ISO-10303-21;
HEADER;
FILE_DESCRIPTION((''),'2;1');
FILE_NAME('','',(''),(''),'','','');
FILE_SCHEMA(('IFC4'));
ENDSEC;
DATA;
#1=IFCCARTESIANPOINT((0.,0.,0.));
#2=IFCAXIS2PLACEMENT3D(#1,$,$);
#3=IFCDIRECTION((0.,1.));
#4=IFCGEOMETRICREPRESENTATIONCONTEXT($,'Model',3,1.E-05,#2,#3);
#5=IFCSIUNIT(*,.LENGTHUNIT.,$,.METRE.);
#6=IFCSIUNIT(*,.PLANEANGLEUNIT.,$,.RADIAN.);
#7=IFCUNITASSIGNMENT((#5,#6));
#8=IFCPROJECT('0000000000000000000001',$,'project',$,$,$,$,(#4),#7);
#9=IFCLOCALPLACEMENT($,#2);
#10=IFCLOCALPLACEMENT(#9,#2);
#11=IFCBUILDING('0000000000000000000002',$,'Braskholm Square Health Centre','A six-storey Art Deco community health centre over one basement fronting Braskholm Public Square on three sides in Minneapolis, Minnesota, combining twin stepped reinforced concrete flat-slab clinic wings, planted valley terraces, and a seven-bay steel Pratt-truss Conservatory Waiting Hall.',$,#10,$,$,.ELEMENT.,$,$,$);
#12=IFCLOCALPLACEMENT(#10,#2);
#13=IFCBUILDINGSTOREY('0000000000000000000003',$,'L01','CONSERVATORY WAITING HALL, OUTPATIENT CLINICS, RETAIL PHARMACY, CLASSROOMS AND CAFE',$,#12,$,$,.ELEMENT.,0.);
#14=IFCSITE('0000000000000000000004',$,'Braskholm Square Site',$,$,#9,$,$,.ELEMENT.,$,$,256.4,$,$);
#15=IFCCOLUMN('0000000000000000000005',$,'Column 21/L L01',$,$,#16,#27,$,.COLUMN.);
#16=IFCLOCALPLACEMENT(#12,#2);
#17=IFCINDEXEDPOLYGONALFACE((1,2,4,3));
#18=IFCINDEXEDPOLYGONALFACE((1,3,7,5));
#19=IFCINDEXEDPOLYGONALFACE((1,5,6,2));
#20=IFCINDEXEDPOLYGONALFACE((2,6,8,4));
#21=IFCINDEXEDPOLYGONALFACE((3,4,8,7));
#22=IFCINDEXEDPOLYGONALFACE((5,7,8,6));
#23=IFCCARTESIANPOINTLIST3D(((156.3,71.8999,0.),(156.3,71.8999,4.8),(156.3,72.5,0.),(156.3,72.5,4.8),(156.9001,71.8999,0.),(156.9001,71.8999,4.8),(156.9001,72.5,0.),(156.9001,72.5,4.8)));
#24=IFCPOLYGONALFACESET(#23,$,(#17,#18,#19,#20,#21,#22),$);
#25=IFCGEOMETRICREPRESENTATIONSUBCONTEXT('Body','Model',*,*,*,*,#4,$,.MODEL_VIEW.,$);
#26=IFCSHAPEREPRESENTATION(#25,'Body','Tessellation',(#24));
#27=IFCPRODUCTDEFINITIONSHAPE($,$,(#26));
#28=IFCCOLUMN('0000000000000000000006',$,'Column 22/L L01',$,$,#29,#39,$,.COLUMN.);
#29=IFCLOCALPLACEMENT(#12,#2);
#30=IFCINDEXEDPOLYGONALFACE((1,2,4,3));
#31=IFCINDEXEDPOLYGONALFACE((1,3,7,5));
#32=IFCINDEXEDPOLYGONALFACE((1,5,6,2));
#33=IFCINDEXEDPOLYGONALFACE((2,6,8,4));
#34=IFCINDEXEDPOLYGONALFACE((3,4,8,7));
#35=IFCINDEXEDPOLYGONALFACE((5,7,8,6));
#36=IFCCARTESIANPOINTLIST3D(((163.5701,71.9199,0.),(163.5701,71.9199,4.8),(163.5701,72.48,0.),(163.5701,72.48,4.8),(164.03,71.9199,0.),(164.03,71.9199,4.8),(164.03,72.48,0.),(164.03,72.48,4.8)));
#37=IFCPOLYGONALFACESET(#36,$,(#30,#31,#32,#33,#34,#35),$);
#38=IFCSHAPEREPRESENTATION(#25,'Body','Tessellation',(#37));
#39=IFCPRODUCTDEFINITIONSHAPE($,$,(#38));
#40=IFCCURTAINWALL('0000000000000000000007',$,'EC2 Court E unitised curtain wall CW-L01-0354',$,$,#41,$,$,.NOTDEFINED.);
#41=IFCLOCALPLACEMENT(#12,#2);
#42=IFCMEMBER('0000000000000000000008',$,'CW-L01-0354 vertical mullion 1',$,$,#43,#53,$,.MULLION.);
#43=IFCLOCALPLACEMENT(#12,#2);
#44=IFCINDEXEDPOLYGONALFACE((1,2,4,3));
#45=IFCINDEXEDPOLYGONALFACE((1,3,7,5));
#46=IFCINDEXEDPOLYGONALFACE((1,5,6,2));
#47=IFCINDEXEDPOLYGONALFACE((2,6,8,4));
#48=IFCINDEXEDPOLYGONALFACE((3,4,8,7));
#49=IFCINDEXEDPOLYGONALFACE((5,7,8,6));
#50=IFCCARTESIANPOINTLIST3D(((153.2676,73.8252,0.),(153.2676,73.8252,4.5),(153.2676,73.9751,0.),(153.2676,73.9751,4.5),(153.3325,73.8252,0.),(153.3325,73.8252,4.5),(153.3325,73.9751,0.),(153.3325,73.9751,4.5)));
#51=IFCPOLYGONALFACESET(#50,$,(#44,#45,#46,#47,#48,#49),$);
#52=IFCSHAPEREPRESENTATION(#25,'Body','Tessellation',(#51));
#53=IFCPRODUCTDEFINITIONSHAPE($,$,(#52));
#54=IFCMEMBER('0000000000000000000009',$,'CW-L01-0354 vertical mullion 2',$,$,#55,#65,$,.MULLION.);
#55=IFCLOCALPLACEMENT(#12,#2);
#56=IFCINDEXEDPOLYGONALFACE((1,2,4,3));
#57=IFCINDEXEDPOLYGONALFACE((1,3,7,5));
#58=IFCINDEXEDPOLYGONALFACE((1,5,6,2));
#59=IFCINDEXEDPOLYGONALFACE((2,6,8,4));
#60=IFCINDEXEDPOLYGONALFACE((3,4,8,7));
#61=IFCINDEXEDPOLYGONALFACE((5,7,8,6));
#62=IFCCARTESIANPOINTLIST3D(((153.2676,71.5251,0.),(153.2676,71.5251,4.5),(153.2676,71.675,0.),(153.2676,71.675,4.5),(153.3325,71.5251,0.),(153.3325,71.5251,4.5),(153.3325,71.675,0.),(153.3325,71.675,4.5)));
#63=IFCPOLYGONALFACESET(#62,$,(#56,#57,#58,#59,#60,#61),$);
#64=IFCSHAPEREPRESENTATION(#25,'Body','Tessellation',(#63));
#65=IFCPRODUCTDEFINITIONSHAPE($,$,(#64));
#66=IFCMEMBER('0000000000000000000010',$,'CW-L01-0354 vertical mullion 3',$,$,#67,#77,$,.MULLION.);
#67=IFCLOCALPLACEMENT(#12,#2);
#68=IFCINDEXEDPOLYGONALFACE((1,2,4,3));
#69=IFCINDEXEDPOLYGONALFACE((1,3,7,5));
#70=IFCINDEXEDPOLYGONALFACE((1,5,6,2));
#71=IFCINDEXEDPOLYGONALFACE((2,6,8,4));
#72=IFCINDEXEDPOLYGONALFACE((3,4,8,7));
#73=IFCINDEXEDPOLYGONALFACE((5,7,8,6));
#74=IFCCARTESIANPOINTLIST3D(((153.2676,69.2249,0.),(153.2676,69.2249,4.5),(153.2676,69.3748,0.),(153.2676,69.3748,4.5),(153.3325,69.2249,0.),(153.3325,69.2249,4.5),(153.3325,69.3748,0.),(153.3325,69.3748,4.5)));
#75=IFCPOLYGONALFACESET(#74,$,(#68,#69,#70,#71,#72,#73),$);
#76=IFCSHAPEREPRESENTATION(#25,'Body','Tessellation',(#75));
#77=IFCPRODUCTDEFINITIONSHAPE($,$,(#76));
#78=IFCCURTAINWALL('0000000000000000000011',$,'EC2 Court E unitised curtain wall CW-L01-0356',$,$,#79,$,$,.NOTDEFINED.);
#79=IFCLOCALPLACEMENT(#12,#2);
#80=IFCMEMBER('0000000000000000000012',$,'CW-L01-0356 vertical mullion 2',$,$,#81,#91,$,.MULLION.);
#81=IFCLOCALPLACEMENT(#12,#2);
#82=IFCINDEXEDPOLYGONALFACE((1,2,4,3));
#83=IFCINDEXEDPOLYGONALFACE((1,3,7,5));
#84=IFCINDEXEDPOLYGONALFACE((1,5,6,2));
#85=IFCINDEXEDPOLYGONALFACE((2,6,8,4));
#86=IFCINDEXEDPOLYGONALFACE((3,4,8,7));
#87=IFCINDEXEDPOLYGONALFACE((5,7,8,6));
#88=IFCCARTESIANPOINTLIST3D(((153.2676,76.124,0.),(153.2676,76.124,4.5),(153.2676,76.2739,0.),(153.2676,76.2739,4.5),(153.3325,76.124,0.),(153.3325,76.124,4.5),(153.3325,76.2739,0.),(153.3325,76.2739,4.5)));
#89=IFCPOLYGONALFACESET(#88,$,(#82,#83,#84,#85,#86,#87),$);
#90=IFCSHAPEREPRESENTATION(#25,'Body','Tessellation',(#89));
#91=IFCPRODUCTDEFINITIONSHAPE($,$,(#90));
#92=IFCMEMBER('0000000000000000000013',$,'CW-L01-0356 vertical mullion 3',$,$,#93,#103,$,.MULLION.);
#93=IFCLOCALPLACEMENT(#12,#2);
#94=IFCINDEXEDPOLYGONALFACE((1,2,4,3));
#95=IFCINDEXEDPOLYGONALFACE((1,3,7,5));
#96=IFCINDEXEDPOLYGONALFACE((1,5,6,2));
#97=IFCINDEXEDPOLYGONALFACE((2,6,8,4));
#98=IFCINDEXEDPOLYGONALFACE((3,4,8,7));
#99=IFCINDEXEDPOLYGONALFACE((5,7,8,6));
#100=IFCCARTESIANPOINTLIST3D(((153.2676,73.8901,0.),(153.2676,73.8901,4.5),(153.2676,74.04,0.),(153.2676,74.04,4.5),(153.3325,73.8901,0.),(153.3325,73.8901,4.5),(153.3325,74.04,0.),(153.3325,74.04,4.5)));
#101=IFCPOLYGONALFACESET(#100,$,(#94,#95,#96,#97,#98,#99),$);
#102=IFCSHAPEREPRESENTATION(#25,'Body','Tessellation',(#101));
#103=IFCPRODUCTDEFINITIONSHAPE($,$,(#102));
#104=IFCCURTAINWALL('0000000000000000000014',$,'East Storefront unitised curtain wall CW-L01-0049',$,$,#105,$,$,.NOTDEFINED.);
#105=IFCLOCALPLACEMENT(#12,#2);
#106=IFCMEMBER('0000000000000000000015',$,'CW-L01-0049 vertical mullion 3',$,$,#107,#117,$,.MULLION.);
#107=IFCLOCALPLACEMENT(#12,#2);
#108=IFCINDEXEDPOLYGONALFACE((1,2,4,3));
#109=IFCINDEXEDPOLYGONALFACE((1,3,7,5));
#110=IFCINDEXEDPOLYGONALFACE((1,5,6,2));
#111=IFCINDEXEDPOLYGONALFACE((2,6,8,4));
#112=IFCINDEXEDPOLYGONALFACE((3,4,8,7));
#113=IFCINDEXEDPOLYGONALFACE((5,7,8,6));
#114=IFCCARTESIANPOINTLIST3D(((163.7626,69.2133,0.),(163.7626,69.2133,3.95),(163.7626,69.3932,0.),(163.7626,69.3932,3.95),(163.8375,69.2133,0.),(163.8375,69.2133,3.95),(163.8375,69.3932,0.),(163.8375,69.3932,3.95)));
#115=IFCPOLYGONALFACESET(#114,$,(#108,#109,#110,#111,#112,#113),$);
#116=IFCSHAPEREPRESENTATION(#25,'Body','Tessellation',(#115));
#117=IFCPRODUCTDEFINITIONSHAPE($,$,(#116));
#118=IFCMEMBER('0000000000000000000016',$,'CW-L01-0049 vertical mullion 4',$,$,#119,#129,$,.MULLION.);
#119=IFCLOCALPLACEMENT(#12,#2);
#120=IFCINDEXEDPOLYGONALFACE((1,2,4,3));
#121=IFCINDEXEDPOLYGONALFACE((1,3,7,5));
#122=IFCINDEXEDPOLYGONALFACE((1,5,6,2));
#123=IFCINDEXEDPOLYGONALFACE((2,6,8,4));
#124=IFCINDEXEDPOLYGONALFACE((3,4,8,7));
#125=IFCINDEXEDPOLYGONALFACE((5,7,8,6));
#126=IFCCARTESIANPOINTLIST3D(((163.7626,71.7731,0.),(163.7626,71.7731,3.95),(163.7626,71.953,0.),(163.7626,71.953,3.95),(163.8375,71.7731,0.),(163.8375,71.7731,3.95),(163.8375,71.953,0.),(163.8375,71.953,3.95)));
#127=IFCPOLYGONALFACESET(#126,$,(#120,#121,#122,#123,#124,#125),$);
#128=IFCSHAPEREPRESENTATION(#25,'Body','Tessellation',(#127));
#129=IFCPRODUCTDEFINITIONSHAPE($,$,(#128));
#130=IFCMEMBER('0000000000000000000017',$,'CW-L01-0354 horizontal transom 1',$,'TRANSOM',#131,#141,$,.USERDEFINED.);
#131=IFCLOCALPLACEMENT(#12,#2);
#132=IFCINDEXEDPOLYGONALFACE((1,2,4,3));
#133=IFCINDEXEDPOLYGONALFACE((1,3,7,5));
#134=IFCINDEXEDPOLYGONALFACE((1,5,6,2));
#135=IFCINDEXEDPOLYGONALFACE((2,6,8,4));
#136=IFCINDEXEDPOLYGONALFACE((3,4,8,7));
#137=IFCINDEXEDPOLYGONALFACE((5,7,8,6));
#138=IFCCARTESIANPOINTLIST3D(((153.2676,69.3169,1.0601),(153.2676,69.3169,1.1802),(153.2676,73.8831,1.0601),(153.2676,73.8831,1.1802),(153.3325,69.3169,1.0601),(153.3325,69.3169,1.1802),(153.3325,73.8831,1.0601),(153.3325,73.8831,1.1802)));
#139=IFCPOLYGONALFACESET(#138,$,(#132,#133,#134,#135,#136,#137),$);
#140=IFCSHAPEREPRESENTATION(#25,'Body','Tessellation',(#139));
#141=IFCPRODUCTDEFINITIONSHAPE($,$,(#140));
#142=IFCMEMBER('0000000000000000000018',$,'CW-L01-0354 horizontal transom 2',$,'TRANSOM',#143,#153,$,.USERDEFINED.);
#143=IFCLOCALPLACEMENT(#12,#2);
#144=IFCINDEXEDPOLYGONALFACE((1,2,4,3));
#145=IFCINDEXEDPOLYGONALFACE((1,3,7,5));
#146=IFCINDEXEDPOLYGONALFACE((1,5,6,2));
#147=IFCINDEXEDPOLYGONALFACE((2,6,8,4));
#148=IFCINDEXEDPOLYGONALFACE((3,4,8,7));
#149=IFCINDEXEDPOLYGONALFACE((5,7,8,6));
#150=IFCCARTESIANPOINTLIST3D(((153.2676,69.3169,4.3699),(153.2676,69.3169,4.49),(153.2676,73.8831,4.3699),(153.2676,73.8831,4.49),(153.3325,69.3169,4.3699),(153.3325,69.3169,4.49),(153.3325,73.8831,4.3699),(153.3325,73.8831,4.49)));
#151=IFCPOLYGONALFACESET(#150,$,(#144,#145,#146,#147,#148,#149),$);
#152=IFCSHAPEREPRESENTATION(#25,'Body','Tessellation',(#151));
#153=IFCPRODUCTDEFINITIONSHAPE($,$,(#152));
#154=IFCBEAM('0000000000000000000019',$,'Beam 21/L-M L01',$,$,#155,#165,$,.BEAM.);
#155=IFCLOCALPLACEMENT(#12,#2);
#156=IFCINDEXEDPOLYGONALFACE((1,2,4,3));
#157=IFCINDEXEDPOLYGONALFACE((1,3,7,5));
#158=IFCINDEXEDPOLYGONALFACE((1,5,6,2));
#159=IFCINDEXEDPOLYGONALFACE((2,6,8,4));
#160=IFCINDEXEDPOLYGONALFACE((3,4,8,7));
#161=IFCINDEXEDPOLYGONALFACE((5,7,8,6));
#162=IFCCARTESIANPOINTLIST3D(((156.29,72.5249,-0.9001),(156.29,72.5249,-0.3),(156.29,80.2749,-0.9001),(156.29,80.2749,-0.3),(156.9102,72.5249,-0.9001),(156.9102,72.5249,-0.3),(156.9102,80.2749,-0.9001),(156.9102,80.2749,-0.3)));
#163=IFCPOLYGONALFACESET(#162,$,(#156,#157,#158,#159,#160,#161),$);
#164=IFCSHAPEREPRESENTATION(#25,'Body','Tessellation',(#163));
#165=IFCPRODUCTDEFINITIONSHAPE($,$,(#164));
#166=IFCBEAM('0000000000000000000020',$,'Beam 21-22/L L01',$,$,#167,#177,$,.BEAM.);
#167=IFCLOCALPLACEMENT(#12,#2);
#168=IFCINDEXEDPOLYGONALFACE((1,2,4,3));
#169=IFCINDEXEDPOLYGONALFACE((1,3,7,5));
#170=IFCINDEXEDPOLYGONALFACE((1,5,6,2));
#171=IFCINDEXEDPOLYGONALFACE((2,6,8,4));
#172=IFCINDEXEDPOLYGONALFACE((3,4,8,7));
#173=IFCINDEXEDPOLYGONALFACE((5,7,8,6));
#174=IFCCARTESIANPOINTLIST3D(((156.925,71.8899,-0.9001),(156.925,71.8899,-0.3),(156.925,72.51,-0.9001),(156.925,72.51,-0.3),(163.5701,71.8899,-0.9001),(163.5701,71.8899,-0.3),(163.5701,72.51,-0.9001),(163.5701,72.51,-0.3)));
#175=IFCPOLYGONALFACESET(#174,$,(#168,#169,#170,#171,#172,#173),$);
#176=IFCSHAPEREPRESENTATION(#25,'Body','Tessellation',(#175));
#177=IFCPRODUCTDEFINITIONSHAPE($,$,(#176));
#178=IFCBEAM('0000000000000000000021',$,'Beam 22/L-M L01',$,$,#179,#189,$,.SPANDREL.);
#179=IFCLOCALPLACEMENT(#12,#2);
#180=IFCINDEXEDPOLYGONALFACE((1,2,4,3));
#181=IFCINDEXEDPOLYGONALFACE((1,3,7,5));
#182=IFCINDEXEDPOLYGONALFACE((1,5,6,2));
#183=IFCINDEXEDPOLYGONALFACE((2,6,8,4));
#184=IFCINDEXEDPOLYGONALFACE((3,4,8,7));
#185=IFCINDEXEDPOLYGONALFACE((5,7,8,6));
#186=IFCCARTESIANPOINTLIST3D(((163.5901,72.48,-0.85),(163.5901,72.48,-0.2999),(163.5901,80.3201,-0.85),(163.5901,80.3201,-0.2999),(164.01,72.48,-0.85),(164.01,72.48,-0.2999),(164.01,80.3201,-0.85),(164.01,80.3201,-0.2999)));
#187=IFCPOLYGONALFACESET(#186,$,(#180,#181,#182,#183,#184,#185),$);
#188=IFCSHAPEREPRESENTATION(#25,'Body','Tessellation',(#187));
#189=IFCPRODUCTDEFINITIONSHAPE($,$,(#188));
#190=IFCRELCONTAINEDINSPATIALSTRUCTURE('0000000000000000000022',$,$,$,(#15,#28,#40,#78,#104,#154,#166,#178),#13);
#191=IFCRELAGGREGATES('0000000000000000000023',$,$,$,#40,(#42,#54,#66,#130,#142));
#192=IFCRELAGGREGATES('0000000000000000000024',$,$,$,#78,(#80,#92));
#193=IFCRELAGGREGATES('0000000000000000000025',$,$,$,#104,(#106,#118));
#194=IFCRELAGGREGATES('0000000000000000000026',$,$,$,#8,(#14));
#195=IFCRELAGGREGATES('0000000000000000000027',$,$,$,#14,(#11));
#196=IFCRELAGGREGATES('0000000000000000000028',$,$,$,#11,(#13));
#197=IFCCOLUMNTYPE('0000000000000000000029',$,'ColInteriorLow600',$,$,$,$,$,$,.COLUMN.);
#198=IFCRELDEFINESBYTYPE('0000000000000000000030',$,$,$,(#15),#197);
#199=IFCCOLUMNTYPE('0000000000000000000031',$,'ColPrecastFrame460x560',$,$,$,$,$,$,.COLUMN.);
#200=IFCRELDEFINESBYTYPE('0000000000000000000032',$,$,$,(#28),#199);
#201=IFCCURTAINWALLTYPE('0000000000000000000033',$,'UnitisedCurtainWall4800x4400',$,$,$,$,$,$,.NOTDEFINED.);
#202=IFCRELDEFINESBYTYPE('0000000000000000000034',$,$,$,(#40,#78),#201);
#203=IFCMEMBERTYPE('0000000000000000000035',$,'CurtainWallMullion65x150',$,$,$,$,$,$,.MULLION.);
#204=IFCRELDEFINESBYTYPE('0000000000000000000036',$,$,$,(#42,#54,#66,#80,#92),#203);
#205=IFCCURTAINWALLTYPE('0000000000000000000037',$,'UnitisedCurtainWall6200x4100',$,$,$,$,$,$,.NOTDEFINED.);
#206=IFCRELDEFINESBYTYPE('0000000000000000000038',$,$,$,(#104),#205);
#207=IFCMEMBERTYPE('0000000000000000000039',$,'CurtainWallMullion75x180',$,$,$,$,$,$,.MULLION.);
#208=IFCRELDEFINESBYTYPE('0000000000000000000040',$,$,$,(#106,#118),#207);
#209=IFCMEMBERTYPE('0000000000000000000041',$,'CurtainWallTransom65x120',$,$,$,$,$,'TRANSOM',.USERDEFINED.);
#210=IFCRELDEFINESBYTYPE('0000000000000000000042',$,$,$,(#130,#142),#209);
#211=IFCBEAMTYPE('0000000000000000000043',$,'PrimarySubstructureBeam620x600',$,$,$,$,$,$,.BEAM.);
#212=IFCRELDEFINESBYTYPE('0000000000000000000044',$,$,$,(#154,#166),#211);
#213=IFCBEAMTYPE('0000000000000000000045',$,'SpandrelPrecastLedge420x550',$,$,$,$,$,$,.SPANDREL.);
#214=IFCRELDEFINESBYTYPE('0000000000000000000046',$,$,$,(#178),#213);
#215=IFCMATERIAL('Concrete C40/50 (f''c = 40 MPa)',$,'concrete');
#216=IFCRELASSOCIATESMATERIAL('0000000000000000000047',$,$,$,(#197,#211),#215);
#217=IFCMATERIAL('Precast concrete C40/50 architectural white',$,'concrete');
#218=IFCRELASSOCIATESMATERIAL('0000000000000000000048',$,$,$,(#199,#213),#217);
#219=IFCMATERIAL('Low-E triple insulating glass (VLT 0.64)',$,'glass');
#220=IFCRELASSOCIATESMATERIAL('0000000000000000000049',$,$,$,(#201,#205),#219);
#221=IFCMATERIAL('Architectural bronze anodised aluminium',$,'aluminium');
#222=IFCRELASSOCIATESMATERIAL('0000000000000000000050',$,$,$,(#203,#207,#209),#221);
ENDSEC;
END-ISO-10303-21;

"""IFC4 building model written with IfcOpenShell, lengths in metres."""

from ifc_helpers import new_model, si_unit, direction, frame, origin, origin_2d, place, context, subcontext, project, spatial, rectangle, extrude, material, material_profile, profile_set, type_object, element, aggregate, save


model = new_model("IFC4")

# Units and contexts
model_context = context("Model", 3, precision=1e-05, world=origin(), true_north=direction((0.0, 1.0)))
body_context = subcontext(model_context, "Body", "Model", "MODEL_VIEW")
ifc_project = project(units=[si_unit("LENGTHUNIT", "METRE"), si_unit("PLANEANGLEUNIT", "RADIAN")], contexts=[model_context])

# Site, building, storey
site_placement = place(None, origin())
site = spatial("IfcSite", under=ifc_project, at=site_placement, Name="Braskholm Square Site", CompositionType="ELEMENT", RefElevation=256.4)
building_placement = place(site_placement, origin())
building = spatial("IfcBuilding", under=site, at=building_placement, Name="Braskholm Square Health Centre", Description="A six-storey Art Deco community health centre over one basement fronting Braskholm Public Square on three sides in Minneapolis, Minnesota, combining twin stepped reinforced concrete flat-slab clinic wings, planted valley terraces, and a seven-bay steel Pratt-truss Conservatory Waiting Hall.", CompositionType="ELEMENT")
storey_placement = place(building_placement, origin())
storey = spatial("IfcBuildingStorey", under=building, at=storey_placement, Name="L01", Description="CONSERVATORY WAITING HALL, OUTPATIENT CLINICS, RETAIL PHARMACY, CLASSROOMS AND CAFE", CompositionType="ELEMENT", Elevation=0.0)

# Columns
ifc_material_1 = material(Name="Concrete C40/50 (f'c = 40 MPa)", Category="concrete")
ifc_material_profile_1 = material_profile(ifc_material_1, rectangle(XDim=0.6001, YDim=0.6001, at=origin_2d()), Name="RC-600X600")
ifc_profile_set_1 = profile_set([ifc_material_profile_1], Name="Concrete C40/50 (f'c = 40 MPa)")
column_type_1 = type_object("IfcColumnType", Name="ColInteriorLow600", PredefinedType="COLUMN", material=ifc_profile_set_1)
column_1_placement = place(storey_placement, frame((156.6001, 72.2, 0.0), z_axis=(0.0, 0.0, 1.0), x_axis=(1.0, 0.0, 0.0)))
element("IfcColumn", 1, at=column_1_placement, inside=storey, type_object=column_type_1, Name="Column 21/L L01", PredefinedType="COLUMN", context=body_context, shape_type="SweptSolid", body=[
    extrude(rectangle(XDim=0.6001, YDim=0.6001, at=origin_2d()), origin(), (0.0, 0.0, 1.0), 4.8),
])
ifc_material_2 = material(Name="Precast concrete C40/50 architectural white", Category="concrete")
ifc_material_profile_2 = material_profile(ifc_material_2, rectangle(XDim=0.46, YDim=0.5601, at=origin_2d()), Name="RC-460X560")
ifc_profile_set_2 = profile_set([ifc_material_profile_2], Name="Precast concrete C40/50 architectural white")
column_type_2 = type_object("IfcColumnType", Name="ColPrecastFrame460x560", PredefinedType="COLUMN", material=ifc_profile_set_2)
column_2_placement = place(storey_placement, frame((163.8, 72.2, 0.0), z_axis=(0.0, 0.0, 1.0), x_axis=(1.0, 0.0, 0.0)))
element("IfcColumn", 2, at=column_2_placement, inside=storey, type_object=column_type_2, Name="Column 22/L L01", PredefinedType="COLUMN", context=body_context, shape_type="SweptSolid", body=[
    extrude(rectangle(XDim=0.46, YDim=0.5601, at=origin_2d()), origin(), (0.0, 0.0, 1.0), 4.8),
])

# Curtain walls, members
ifc_material_3 = material(Name="Low-E triple insulating glass (VLT 0.64)", Category="glass")
curtain_wall_type_1 = type_object("IfcCurtainWallType", Name="UnitisedCurtainWall4800x4400", PredefinedType="NOTDEFINED", material=ifc_material_3)
curtain_wall_1_placement = place(storey_placement, origin())
curtain_wall_1 = element("IfcCurtainWall", 3, at=curtain_wall_1_placement, inside=storey, type_object=curtain_wall_type_1, Name="EC2 Court E unitised curtain wall CW-L01-0354", PredefinedType="NOTDEFINED")
ifc_material_4 = material(Name="Architectural bronze anodised aluminium", Category="aluminium")
ifc_material_profile_3 = material_profile(ifc_material_4, rectangle(XDim=0.0649, YDim=0.1499, at=origin_2d()), Name="ALU-65X150")
ifc_profile_set_3 = profile_set([ifc_material_profile_3], Name="Architectural bronze anodised aluminium")
member_type_1 = type_object("IfcMemberType", Name="CurtainWallMullion65x150", PredefinedType="MULLION", material=ifc_profile_set_3)
member_1_placement = place(storey_placement, frame((153.3, 73.9001, 0.0), z_axis=(0.0, 0.0, 1.0), x_axis=(1.0, 0.0, 0.0)))
member_1 = element("IfcMember", 4, at=member_1_placement, type_object=member_type_1, Name="CW-L01-0354 vertical mullion 1", PredefinedType="MULLION", context=body_context, shape_type="SweptSolid", body=[
    extrude(rectangle(XDim=0.0649, YDim=0.1499, at=origin_2d()), origin(), (0.0, 0.0, 1.0), 4.5),
])
member_2_placement = place(storey_placement, frame((153.3, 71.6001, 0.0), z_axis=(0.0, 0.0, 1.0), x_axis=(1.0, 0.0, 0.0)))
member_2 = element("IfcMember", 5, at=member_2_placement, type_object=member_type_1, Name="CW-L01-0354 vertical mullion 2", PredefinedType="MULLION", context=body_context, shape_type="SweptSolid", body=[
    extrude(rectangle(XDim=0.0649, YDim=0.1499, at=origin_2d()), origin(), (0.0, 0.0, 1.0), 4.5),
])
member_3_placement = place(storey_placement, frame((153.3, 69.2998, 0.0), z_axis=(0.0, 0.0, 1.0), x_axis=(1.0, 0.0, 0.0)))
member_3 = element("IfcMember", 6, at=member_3_placement, type_object=member_type_1, Name="CW-L01-0354 vertical mullion 3", PredefinedType="MULLION", context=body_context, shape_type="SweptSolid", body=[
    extrude(rectangle(XDim=0.0649, YDim=0.1499, at=origin_2d()), origin(), (0.0, 0.0, 1.0), 4.5),
])
curtain_wall_2_placement = place(storey_placement, origin())
curtain_wall_2 = element("IfcCurtainWall", 7, at=curtain_wall_2_placement, inside=storey, type_object=curtain_wall_type_1, Name="EC2 Court E unitised curtain wall CW-L01-0356", PredefinedType="NOTDEFINED")
member_4_placement = place(storey_placement, frame((153.3, 76.199, 0.0), z_axis=(0.0, 0.0, 1.0), x_axis=(1.0, 0.0, 0.0)))
member_4 = element("IfcMember", 8, at=member_4_placement, type_object=member_type_1, Name="CW-L01-0356 vertical mullion 2", PredefinedType="MULLION", context=body_context, shape_type="SweptSolid", body=[
    extrude(rectangle(XDim=0.0649, YDim=0.1499, at=origin_2d()), origin(), (0.0, 0.0, 1.0), 4.5),
])
member_5_placement = place(storey_placement, frame((153.3, 73.9651, 0.0), z_axis=(0.0, 0.0, 1.0), x_axis=(1.0, 0.0, 0.0)))
member_5 = element("IfcMember", 9, at=member_5_placement, type_object=member_type_1, Name="CW-L01-0356 vertical mullion 3", PredefinedType="MULLION", context=body_context, shape_type="SweptSolid", body=[
    extrude(rectangle(XDim=0.0649, YDim=0.1499, at=origin_2d()), origin(), (0.0, 0.0, 1.0), 4.5),
])
curtain_wall_type_2 = type_object("IfcCurtainWallType", Name="UnitisedCurtainWall6200x4100", PredefinedType="NOTDEFINED", material=ifc_material_3)
curtain_wall_3_placement = place(storey_placement, origin())
curtain_wall_3 = element("IfcCurtainWall", 10, at=curtain_wall_3_placement, inside=storey, type_object=curtain_wall_type_2, Name="East Storefront unitised curtain wall CW-L01-0049", PredefinedType="NOTDEFINED")
ifc_material_profile_4 = material_profile(ifc_material_4, rectangle(XDim=0.075, YDim=0.1799, at=origin_2d()), Name="ALU-75X180")
ifc_profile_set_4 = profile_set([ifc_material_profile_4], Name="Architectural bronze anodised aluminium")
member_type_2 = type_object("IfcMemberType", Name="CurtainWallMullion75x180", PredefinedType="MULLION", material=ifc_profile_set_4)
member_6_placement = place(storey_placement, frame((163.8, 69.3032, 0.0), z_axis=(0.0, 0.0, 1.0), x_axis=(1.0, 0.0, 0.0)))
member_6 = element("IfcMember", 11, at=member_6_placement, type_object=member_type_2, Name="CW-L01-0049 vertical mullion 3", PredefinedType="MULLION", context=body_context, shape_type="SweptSolid", body=[
    extrude(rectangle(XDim=0.075, YDim=0.1799, at=origin_2d()), origin(), (0.0, 0.0, 1.0), 3.95),
])
member_7_placement = place(storey_placement, frame((163.8, 71.863, 0.0), z_axis=(0.0, 0.0, 1.0), x_axis=(1.0, 0.0, 0.0)))
member_7 = element("IfcMember", 12, at=member_7_placement, type_object=member_type_2, Name="CW-L01-0049 vertical mullion 4", PredefinedType="MULLION", context=body_context, shape_type="SweptSolid", body=[
    extrude(rectangle(XDim=0.075, YDim=0.1799, at=origin_2d()), origin(), (0.0, 0.0, 1.0), 3.95),
])

# Members
ifc_material_profile_5 = material_profile(ifc_material_4, rectangle(XDim=0.0649, YDim=0.1201, at=origin_2d()), Name="ALU-65X120")
ifc_profile_set_5 = profile_set([ifc_material_profile_5], Name="Architectural bronze anodised aluminium")
member_type_3 = type_object("IfcMemberType", Name="CurtainWallTransom65x120", ElementType="TRANSOM", PredefinedType="USERDEFINED", material=ifc_profile_set_5)
member_8_placement = place(storey_placement, frame((153.3, 73.8831, 1.1201), z_axis=(0.0, -1.0, 0.0), x_axis=(1.0, 0.0, 0.0)))
member_8 = element("IfcMember", 13, at=member_8_placement, type_object=member_type_3, Name="CW-L01-0354 horizontal transom 1", ObjectType="TRANSOM", PredefinedType="USERDEFINED", context=body_context, shape_type="SweptSolid", body=[
    extrude(rectangle(XDim=0.0649, YDim=0.1201, at=origin_2d()), origin(), (0.0, 0.0, 1.0), 4.5662),
])
member_9_placement = place(storey_placement, frame((153.3, 73.8831, 4.4299), z_axis=(0.0, -1.0, 0.0), x_axis=(1.0, 0.0, 0.0)))
member_9 = element("IfcMember", 14, at=member_9_placement, type_object=member_type_3, Name="CW-L01-0354 horizontal transom 2", ObjectType="TRANSOM", PredefinedType="USERDEFINED", context=body_context, shape_type="SweptSolid", body=[
    extrude(rectangle(XDim=0.0649, YDim=0.1201, at=origin_2d()), origin(), (0.0, 0.0, 1.0), 4.5662),
])

# Beams
ifc_material_profile_6 = material_profile(ifc_material_1, rectangle(XDim=0.6201, YDim=0.6001, at=origin_2d()), Name="RCB-620X600")
ifc_profile_set_6 = profile_set([ifc_material_profile_6], Name="Concrete C40/50 (f'c = 40 MPa)")
beam_type_1 = type_object("IfcBeamType", Name="PrimarySubstructureBeam620x600", PredefinedType="BEAM", material=ifc_profile_set_6)
beam_1_placement = place(storey_placement, frame((156.6001, 72.5249, -0.6001), z_axis=(0.0, 1.0, 0.0), x_axis=(-1.0, 0.0, 0.0)))
element("IfcBeam", 15, at=beam_1_placement, inside=storey, type_object=beam_type_1, Name="Beam 21/L-M L01", PredefinedType="BEAM", context=body_context, shape_type="SweptSolid", body=[
    extrude(rectangle(XDim=0.6201, YDim=0.6001, at=origin_2d()), origin(), (0.0, 0.0, 1.0), 7.75),
])
beam_2_placement = place(storey_placement, frame((156.925, 72.2, -0.6001), z_axis=(1.0, 0.0, 0.0), x_axis=(0.0, 1.0, 0.0)))
element("IfcBeam", 16, at=beam_2_placement, inside=storey, type_object=beam_type_1, Name="Beam 21-22/L L01", PredefinedType="BEAM", context=body_context, shape_type="SweptSolid", body=[
    extrude(rectangle(XDim=0.6201, YDim=0.6001, at=origin_2d()), origin(), (0.0, 0.0, 1.0), 6.645),
])
ifc_material_profile_7 = material_profile(ifc_material_2, rectangle(XDim=0.4199, YDim=0.55, at=origin_2d()), Name="RCB-420X550")
ifc_profile_set_7 = profile_set([ifc_material_profile_7], Name="Precast concrete C40/50 architectural white")
beam_type_2 = type_object("IfcBeamType", Name="SpandrelPrecastLedge420x550", PredefinedType="SPANDREL", material=ifc_profile_set_7)
beam_3_placement = place(storey_placement, frame((163.8, 72.48, -0.575), z_axis=(0.0, 1.0, 0.0), x_axis=(-1.0, 0.0, 0.0)))
element("IfcBeam", 17, at=beam_3_placement, inside=storey, type_object=beam_type_2, Name="Beam 22/L-M L01", PredefinedType="SPANDREL", context=body_context, shape_type="SweptSolid", body=[
    extrude(rectangle(XDim=0.4199, YDim=0.55, at=origin_2d()), origin(), (0.0, 0.0, 1.0), 7.8401),
])

aggregate(curtain_wall_1, [member_1, member_2, member_3, member_8, member_9])
aggregate(curtain_wall_2, [member_4, member_5])
aggregate(curtain_wall_3, [member_6, member_7])

save(model, "model.ifc")
